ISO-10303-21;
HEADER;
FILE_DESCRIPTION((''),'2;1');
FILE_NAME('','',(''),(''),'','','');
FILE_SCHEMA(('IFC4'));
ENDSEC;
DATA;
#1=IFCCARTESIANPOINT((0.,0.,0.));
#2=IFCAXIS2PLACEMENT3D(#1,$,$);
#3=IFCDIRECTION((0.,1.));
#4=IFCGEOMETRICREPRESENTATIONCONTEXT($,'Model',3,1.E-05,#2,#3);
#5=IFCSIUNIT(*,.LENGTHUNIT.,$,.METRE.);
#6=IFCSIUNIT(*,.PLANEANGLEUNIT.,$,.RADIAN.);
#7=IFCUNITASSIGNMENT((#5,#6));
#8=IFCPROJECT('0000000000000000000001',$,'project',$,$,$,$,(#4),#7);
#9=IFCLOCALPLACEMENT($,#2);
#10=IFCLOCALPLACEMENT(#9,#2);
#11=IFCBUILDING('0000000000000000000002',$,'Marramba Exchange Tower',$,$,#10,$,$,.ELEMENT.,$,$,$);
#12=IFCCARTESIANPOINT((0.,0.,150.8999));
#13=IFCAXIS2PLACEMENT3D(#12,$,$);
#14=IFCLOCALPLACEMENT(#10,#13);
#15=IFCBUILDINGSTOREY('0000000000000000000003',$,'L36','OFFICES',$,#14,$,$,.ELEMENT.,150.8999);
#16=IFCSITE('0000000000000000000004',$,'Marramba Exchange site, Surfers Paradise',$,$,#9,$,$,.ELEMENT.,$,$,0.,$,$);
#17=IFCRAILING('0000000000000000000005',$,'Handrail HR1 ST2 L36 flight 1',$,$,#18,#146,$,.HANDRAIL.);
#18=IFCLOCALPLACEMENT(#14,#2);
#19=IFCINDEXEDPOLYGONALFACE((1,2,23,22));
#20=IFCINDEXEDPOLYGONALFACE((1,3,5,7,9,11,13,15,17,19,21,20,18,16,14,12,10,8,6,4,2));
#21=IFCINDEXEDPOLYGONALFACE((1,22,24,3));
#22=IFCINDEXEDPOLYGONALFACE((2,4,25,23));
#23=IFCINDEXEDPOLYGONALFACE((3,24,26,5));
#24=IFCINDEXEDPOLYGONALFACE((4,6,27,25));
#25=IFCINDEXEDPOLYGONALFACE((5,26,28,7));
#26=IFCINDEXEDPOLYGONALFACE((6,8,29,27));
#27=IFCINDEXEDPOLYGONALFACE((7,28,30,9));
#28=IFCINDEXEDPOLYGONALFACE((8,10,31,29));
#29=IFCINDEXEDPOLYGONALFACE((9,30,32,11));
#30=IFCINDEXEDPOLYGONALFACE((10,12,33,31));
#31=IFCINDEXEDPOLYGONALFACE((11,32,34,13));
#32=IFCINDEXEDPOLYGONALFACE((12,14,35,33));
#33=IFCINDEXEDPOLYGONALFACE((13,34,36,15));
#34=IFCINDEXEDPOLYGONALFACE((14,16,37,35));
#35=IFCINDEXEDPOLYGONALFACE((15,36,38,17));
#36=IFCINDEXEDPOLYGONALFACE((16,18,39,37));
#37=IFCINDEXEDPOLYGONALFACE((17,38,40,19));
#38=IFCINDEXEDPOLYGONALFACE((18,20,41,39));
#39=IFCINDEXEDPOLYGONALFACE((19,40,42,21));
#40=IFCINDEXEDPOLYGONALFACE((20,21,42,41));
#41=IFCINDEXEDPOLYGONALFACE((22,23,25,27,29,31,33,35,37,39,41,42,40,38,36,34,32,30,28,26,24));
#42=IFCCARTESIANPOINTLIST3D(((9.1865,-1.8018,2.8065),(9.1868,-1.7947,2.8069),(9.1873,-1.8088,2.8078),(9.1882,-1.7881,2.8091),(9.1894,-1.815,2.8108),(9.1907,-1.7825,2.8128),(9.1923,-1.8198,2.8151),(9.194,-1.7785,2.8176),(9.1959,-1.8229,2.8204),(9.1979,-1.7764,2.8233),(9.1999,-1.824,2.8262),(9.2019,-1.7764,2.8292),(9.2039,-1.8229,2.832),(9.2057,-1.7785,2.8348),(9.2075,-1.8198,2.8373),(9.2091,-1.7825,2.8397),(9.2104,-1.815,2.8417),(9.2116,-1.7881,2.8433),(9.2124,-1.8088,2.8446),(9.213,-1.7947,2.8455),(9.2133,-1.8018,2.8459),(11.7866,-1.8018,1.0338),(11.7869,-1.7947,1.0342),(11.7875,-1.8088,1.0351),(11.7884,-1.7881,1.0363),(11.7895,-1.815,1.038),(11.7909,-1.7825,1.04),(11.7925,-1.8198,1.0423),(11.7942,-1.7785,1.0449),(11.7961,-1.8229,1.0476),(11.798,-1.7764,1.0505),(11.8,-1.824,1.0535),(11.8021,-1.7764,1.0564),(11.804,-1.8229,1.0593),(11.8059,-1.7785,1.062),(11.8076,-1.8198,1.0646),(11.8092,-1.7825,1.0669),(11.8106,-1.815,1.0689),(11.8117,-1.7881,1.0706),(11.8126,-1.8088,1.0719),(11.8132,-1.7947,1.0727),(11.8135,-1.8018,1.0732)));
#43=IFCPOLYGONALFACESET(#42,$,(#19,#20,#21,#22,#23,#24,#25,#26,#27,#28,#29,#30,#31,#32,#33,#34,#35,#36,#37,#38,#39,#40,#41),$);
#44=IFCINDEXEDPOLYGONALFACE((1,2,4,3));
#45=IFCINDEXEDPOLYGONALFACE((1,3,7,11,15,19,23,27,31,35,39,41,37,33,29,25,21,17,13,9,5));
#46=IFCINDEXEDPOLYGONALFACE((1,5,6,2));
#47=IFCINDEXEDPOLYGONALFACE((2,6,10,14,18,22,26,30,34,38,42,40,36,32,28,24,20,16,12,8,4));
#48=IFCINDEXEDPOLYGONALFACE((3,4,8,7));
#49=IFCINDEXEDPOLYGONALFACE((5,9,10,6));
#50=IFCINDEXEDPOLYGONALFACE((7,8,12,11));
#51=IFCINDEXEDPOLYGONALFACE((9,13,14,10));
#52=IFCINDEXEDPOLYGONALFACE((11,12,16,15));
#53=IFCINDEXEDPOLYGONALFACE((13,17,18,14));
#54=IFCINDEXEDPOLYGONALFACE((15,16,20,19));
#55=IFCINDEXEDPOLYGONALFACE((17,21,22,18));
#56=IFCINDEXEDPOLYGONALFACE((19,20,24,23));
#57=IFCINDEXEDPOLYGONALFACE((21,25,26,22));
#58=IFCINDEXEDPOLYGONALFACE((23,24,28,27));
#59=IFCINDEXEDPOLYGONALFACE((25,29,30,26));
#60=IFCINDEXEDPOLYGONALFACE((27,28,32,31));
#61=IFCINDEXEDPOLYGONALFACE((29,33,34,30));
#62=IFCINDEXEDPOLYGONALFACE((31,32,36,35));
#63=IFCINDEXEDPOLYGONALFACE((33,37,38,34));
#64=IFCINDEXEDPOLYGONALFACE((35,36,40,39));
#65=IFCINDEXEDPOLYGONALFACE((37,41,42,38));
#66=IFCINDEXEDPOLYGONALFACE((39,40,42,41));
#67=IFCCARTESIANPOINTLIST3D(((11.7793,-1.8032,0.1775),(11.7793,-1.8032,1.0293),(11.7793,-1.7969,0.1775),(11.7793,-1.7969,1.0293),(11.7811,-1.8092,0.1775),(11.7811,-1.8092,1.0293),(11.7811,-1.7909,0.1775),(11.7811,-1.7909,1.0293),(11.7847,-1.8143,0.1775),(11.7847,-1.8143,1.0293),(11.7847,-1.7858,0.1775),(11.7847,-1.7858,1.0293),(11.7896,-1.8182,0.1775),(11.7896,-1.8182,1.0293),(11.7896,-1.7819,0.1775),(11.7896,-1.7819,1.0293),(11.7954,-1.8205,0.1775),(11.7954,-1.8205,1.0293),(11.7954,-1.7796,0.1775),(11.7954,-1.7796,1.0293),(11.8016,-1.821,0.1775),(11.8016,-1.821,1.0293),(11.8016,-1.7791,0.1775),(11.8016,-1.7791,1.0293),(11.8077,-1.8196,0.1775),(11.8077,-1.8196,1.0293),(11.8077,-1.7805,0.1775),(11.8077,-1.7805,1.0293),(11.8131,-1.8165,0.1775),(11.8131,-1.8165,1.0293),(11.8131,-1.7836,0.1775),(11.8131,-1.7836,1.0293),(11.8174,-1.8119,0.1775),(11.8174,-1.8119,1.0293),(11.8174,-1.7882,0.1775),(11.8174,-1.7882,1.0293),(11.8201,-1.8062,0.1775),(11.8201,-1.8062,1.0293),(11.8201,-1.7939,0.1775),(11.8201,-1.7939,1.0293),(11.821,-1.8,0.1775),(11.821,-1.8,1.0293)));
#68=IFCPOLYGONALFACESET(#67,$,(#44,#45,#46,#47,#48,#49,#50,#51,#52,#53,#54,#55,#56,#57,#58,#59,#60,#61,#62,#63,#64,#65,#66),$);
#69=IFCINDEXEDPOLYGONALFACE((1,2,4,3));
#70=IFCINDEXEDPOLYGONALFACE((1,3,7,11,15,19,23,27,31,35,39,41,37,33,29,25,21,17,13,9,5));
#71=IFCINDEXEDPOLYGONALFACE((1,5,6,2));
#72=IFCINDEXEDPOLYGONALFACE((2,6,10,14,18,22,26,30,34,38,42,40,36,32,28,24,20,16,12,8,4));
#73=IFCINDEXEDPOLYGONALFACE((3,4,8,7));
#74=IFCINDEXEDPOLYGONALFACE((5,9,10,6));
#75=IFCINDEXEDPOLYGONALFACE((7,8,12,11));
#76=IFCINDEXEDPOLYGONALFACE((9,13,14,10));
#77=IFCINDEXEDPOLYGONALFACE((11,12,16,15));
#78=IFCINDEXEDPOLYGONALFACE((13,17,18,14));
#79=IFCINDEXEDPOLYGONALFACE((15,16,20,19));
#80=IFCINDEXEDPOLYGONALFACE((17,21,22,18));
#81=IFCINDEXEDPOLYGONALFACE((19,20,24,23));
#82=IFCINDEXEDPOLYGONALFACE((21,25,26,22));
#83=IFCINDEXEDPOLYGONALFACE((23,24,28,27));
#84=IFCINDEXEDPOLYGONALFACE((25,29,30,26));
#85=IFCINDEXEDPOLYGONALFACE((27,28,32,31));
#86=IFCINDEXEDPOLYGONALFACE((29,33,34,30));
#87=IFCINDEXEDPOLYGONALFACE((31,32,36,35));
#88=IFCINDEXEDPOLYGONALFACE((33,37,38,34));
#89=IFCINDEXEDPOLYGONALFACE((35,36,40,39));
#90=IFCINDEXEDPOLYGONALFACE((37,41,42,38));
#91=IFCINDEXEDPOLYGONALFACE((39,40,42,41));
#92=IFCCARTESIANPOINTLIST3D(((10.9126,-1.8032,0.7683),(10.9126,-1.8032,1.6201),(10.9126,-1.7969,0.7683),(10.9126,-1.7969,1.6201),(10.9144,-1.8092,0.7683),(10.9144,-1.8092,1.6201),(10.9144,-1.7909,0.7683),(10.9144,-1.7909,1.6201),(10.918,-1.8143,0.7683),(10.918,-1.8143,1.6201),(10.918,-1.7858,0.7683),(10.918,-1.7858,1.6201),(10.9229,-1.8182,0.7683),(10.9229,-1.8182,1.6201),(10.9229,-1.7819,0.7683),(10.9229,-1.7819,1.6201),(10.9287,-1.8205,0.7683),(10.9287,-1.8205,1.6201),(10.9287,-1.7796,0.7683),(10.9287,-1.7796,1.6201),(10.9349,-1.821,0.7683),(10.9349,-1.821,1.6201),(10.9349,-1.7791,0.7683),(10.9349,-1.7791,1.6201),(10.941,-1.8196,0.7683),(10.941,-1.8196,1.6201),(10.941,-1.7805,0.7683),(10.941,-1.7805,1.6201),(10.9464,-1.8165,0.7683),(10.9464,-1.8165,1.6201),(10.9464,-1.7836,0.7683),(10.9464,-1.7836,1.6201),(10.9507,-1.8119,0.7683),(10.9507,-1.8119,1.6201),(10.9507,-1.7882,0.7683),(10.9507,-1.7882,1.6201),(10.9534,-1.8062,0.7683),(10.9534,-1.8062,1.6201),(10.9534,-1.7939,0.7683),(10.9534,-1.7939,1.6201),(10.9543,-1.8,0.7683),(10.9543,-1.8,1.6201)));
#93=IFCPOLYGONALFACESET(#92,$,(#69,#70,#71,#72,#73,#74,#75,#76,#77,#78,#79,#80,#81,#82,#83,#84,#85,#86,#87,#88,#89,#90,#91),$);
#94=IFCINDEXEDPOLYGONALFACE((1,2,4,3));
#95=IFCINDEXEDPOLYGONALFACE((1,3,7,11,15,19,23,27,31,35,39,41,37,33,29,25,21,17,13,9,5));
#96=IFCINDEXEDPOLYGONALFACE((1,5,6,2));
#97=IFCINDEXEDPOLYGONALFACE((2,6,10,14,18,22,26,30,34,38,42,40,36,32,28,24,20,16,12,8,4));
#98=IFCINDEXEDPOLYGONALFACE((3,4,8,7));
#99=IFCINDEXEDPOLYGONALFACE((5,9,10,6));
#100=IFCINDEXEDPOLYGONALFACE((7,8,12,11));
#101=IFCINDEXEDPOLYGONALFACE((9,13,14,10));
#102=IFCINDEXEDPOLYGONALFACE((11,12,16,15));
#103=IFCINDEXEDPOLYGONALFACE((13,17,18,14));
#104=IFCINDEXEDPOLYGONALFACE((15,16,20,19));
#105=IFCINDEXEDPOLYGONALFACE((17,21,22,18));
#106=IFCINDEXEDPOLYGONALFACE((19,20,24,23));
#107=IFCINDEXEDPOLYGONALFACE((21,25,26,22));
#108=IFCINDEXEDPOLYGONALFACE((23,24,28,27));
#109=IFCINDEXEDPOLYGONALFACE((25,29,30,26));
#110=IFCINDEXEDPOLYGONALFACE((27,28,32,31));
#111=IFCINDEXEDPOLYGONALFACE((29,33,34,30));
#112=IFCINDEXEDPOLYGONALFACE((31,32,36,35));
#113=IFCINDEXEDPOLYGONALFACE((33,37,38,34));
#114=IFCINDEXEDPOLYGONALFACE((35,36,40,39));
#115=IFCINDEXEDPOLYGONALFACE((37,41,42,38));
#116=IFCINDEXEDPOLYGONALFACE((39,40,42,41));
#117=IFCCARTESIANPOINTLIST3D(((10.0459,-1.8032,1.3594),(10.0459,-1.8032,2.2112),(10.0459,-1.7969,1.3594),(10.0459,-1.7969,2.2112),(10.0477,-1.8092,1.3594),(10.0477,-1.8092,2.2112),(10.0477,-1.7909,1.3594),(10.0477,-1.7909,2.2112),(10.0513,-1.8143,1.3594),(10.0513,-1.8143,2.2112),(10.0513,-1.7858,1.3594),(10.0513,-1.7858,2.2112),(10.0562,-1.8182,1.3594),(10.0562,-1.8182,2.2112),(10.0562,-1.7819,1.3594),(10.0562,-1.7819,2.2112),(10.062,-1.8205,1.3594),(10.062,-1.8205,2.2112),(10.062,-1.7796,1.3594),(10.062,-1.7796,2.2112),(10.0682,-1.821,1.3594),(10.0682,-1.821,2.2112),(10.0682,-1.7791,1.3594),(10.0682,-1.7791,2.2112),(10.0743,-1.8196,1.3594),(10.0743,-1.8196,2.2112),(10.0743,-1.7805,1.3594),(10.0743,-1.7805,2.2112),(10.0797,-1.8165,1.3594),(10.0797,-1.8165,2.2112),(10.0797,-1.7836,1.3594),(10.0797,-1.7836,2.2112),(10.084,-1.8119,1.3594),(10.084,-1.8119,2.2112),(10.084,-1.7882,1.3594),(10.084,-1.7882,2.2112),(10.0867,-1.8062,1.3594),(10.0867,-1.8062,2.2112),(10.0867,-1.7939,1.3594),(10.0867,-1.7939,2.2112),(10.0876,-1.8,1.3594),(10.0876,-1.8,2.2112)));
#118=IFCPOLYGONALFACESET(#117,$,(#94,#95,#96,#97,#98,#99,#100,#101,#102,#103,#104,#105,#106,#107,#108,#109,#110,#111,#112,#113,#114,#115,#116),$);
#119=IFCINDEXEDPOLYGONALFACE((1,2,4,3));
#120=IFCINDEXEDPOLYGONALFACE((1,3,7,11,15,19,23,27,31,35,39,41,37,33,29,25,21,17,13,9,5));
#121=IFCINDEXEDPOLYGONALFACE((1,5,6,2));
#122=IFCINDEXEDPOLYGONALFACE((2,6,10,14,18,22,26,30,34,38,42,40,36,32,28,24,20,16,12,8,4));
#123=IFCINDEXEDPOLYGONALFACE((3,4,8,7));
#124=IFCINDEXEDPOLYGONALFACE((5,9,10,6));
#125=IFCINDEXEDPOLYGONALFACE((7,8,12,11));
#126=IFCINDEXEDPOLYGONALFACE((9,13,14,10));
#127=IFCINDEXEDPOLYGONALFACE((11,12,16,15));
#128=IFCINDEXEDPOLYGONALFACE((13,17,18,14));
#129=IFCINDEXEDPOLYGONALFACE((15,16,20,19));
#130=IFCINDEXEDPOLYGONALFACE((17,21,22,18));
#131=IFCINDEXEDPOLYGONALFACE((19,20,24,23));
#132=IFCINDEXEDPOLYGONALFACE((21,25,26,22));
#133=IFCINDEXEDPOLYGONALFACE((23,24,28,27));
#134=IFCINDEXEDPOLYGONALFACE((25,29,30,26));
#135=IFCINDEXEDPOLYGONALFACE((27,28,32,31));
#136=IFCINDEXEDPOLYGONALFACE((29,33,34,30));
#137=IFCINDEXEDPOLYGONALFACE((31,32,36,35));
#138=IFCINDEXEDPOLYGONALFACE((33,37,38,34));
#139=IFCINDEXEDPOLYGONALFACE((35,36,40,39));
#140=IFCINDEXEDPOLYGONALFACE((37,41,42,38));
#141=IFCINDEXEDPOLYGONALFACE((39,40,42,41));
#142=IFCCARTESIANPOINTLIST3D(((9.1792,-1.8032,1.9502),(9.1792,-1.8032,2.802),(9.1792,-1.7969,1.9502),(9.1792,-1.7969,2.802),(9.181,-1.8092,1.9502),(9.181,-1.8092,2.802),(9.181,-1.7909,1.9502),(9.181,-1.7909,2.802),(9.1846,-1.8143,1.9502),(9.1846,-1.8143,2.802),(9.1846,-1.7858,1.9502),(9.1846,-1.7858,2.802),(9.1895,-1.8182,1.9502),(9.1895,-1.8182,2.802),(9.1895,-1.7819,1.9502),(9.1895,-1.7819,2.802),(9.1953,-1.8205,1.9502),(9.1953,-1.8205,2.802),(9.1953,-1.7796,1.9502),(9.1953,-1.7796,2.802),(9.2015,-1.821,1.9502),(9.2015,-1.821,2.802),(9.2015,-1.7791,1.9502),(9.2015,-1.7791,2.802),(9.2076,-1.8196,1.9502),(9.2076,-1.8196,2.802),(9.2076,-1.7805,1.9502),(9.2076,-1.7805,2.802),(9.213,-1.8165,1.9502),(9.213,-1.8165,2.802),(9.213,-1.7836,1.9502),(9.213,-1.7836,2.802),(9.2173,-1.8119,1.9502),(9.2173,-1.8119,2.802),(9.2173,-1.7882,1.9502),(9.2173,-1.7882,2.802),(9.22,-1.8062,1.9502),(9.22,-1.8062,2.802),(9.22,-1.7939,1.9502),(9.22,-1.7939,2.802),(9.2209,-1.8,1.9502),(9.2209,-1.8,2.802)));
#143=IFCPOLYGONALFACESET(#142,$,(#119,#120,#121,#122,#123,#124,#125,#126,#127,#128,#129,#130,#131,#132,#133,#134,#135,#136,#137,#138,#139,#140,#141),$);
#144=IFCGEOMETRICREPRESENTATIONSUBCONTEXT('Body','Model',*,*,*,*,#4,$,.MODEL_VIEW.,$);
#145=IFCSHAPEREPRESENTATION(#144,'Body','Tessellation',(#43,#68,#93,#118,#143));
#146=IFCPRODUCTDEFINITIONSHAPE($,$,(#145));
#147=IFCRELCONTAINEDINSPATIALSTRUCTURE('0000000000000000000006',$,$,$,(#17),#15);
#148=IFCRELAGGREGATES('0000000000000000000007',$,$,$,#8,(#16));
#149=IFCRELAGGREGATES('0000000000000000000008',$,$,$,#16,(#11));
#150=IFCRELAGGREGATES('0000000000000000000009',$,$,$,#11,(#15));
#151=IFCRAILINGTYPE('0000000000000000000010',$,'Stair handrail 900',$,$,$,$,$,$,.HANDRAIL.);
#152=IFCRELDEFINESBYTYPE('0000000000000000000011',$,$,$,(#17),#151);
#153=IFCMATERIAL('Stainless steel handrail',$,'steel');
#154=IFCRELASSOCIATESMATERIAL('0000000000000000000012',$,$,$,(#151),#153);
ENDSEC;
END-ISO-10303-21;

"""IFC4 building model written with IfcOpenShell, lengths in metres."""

from ifc_helpers import new_model, si_unit, direction, frame, origin, origin_2d, place, context, subcontext, project, spatial, circle, extrude, material, type_object, element, save


model = new_model("IFC4")

# Units and contexts
model_context = context("Model", 3, precision=1e-05, world=origin(), true_north=direction((0.0, 1.0)))
body_context = subcontext(model_context, "Body", "Model", "MODEL_VIEW")
ifc_project = project(units=[si_unit("LENGTHUNIT", "METRE"), si_unit("PLANEANGLEUNIT", "RADIAN")], contexts=[model_context])

# Site, building, storey
site_placement = place(None, origin())
site = spatial("IfcSite", under=ifc_project, at=site_placement, Name="Marramba Exchange site, Surfers Paradise", CompositionType="ELEMENT", RefElevation=0.0)
building_placement = place(site_placement, origin())
building = spatial("IfcBuilding", under=site, at=building_placement, Name="Marramba Exchange Tower", CompositionType="ELEMENT")
storey_placement = place(building_placement, frame((0.0, 0.0, 150.8999)))
storey = spatial("IfcBuildingStorey", under=building, at=storey_placement, Name="L36", Description="OFFICES", CompositionType="ELEMENT", Elevation=150.8999)

# Railing
ifc_material_1 = material(Name="Stainless steel handrail", Category="steel")
railing_type = type_object("IfcRailingType", Name="Stair handrail 900", PredefinedType="HANDRAIL", material=ifc_material_1)
railing_placement = place(storey_placement, frame((11.8, -1.8, 0.1775)))
element("IfcRailing", 1, at=railing_placement, inside=storey, type_object=railing_type, Name="Handrail HR1 ST2 L36 flight 1", PredefinedType="HANDRAIL", context=body_context, shape_type="SweptSolid", body=[
    extrude(circle(Radius=0.0239, at=origin_2d()), frame((0.0, 0.0, 0.876), z_axis=(-0.82624, 0.0, 0.563318), x_axis=(0.0, -1.0, 0.0)), (0.0, 0.0, 1.0), 3.147),
    extrude(circle(Radius=0.021, at=origin_2d()), origin(), (0.0, 0.0, 1.0), 0.8518),
    extrude(circle(Radius=0.021, at=origin_2d()), frame((-0.8667, 0.0, 0.5908)), (0.0, 0.0, 1.0), 0.8518),
    extrude(circle(Radius=0.021, at=origin_2d()), frame((-1.7334, 0.0, 1.1819)), (0.0, 0.0, 1.0), 0.8518),
    extrude(circle(Radius=0.021, at=origin_2d()), frame((-2.6001, 0.0, 1.7727)), (0.0, 0.0, 1.0), 0.8518),
])

save(model, "model.ifc")
